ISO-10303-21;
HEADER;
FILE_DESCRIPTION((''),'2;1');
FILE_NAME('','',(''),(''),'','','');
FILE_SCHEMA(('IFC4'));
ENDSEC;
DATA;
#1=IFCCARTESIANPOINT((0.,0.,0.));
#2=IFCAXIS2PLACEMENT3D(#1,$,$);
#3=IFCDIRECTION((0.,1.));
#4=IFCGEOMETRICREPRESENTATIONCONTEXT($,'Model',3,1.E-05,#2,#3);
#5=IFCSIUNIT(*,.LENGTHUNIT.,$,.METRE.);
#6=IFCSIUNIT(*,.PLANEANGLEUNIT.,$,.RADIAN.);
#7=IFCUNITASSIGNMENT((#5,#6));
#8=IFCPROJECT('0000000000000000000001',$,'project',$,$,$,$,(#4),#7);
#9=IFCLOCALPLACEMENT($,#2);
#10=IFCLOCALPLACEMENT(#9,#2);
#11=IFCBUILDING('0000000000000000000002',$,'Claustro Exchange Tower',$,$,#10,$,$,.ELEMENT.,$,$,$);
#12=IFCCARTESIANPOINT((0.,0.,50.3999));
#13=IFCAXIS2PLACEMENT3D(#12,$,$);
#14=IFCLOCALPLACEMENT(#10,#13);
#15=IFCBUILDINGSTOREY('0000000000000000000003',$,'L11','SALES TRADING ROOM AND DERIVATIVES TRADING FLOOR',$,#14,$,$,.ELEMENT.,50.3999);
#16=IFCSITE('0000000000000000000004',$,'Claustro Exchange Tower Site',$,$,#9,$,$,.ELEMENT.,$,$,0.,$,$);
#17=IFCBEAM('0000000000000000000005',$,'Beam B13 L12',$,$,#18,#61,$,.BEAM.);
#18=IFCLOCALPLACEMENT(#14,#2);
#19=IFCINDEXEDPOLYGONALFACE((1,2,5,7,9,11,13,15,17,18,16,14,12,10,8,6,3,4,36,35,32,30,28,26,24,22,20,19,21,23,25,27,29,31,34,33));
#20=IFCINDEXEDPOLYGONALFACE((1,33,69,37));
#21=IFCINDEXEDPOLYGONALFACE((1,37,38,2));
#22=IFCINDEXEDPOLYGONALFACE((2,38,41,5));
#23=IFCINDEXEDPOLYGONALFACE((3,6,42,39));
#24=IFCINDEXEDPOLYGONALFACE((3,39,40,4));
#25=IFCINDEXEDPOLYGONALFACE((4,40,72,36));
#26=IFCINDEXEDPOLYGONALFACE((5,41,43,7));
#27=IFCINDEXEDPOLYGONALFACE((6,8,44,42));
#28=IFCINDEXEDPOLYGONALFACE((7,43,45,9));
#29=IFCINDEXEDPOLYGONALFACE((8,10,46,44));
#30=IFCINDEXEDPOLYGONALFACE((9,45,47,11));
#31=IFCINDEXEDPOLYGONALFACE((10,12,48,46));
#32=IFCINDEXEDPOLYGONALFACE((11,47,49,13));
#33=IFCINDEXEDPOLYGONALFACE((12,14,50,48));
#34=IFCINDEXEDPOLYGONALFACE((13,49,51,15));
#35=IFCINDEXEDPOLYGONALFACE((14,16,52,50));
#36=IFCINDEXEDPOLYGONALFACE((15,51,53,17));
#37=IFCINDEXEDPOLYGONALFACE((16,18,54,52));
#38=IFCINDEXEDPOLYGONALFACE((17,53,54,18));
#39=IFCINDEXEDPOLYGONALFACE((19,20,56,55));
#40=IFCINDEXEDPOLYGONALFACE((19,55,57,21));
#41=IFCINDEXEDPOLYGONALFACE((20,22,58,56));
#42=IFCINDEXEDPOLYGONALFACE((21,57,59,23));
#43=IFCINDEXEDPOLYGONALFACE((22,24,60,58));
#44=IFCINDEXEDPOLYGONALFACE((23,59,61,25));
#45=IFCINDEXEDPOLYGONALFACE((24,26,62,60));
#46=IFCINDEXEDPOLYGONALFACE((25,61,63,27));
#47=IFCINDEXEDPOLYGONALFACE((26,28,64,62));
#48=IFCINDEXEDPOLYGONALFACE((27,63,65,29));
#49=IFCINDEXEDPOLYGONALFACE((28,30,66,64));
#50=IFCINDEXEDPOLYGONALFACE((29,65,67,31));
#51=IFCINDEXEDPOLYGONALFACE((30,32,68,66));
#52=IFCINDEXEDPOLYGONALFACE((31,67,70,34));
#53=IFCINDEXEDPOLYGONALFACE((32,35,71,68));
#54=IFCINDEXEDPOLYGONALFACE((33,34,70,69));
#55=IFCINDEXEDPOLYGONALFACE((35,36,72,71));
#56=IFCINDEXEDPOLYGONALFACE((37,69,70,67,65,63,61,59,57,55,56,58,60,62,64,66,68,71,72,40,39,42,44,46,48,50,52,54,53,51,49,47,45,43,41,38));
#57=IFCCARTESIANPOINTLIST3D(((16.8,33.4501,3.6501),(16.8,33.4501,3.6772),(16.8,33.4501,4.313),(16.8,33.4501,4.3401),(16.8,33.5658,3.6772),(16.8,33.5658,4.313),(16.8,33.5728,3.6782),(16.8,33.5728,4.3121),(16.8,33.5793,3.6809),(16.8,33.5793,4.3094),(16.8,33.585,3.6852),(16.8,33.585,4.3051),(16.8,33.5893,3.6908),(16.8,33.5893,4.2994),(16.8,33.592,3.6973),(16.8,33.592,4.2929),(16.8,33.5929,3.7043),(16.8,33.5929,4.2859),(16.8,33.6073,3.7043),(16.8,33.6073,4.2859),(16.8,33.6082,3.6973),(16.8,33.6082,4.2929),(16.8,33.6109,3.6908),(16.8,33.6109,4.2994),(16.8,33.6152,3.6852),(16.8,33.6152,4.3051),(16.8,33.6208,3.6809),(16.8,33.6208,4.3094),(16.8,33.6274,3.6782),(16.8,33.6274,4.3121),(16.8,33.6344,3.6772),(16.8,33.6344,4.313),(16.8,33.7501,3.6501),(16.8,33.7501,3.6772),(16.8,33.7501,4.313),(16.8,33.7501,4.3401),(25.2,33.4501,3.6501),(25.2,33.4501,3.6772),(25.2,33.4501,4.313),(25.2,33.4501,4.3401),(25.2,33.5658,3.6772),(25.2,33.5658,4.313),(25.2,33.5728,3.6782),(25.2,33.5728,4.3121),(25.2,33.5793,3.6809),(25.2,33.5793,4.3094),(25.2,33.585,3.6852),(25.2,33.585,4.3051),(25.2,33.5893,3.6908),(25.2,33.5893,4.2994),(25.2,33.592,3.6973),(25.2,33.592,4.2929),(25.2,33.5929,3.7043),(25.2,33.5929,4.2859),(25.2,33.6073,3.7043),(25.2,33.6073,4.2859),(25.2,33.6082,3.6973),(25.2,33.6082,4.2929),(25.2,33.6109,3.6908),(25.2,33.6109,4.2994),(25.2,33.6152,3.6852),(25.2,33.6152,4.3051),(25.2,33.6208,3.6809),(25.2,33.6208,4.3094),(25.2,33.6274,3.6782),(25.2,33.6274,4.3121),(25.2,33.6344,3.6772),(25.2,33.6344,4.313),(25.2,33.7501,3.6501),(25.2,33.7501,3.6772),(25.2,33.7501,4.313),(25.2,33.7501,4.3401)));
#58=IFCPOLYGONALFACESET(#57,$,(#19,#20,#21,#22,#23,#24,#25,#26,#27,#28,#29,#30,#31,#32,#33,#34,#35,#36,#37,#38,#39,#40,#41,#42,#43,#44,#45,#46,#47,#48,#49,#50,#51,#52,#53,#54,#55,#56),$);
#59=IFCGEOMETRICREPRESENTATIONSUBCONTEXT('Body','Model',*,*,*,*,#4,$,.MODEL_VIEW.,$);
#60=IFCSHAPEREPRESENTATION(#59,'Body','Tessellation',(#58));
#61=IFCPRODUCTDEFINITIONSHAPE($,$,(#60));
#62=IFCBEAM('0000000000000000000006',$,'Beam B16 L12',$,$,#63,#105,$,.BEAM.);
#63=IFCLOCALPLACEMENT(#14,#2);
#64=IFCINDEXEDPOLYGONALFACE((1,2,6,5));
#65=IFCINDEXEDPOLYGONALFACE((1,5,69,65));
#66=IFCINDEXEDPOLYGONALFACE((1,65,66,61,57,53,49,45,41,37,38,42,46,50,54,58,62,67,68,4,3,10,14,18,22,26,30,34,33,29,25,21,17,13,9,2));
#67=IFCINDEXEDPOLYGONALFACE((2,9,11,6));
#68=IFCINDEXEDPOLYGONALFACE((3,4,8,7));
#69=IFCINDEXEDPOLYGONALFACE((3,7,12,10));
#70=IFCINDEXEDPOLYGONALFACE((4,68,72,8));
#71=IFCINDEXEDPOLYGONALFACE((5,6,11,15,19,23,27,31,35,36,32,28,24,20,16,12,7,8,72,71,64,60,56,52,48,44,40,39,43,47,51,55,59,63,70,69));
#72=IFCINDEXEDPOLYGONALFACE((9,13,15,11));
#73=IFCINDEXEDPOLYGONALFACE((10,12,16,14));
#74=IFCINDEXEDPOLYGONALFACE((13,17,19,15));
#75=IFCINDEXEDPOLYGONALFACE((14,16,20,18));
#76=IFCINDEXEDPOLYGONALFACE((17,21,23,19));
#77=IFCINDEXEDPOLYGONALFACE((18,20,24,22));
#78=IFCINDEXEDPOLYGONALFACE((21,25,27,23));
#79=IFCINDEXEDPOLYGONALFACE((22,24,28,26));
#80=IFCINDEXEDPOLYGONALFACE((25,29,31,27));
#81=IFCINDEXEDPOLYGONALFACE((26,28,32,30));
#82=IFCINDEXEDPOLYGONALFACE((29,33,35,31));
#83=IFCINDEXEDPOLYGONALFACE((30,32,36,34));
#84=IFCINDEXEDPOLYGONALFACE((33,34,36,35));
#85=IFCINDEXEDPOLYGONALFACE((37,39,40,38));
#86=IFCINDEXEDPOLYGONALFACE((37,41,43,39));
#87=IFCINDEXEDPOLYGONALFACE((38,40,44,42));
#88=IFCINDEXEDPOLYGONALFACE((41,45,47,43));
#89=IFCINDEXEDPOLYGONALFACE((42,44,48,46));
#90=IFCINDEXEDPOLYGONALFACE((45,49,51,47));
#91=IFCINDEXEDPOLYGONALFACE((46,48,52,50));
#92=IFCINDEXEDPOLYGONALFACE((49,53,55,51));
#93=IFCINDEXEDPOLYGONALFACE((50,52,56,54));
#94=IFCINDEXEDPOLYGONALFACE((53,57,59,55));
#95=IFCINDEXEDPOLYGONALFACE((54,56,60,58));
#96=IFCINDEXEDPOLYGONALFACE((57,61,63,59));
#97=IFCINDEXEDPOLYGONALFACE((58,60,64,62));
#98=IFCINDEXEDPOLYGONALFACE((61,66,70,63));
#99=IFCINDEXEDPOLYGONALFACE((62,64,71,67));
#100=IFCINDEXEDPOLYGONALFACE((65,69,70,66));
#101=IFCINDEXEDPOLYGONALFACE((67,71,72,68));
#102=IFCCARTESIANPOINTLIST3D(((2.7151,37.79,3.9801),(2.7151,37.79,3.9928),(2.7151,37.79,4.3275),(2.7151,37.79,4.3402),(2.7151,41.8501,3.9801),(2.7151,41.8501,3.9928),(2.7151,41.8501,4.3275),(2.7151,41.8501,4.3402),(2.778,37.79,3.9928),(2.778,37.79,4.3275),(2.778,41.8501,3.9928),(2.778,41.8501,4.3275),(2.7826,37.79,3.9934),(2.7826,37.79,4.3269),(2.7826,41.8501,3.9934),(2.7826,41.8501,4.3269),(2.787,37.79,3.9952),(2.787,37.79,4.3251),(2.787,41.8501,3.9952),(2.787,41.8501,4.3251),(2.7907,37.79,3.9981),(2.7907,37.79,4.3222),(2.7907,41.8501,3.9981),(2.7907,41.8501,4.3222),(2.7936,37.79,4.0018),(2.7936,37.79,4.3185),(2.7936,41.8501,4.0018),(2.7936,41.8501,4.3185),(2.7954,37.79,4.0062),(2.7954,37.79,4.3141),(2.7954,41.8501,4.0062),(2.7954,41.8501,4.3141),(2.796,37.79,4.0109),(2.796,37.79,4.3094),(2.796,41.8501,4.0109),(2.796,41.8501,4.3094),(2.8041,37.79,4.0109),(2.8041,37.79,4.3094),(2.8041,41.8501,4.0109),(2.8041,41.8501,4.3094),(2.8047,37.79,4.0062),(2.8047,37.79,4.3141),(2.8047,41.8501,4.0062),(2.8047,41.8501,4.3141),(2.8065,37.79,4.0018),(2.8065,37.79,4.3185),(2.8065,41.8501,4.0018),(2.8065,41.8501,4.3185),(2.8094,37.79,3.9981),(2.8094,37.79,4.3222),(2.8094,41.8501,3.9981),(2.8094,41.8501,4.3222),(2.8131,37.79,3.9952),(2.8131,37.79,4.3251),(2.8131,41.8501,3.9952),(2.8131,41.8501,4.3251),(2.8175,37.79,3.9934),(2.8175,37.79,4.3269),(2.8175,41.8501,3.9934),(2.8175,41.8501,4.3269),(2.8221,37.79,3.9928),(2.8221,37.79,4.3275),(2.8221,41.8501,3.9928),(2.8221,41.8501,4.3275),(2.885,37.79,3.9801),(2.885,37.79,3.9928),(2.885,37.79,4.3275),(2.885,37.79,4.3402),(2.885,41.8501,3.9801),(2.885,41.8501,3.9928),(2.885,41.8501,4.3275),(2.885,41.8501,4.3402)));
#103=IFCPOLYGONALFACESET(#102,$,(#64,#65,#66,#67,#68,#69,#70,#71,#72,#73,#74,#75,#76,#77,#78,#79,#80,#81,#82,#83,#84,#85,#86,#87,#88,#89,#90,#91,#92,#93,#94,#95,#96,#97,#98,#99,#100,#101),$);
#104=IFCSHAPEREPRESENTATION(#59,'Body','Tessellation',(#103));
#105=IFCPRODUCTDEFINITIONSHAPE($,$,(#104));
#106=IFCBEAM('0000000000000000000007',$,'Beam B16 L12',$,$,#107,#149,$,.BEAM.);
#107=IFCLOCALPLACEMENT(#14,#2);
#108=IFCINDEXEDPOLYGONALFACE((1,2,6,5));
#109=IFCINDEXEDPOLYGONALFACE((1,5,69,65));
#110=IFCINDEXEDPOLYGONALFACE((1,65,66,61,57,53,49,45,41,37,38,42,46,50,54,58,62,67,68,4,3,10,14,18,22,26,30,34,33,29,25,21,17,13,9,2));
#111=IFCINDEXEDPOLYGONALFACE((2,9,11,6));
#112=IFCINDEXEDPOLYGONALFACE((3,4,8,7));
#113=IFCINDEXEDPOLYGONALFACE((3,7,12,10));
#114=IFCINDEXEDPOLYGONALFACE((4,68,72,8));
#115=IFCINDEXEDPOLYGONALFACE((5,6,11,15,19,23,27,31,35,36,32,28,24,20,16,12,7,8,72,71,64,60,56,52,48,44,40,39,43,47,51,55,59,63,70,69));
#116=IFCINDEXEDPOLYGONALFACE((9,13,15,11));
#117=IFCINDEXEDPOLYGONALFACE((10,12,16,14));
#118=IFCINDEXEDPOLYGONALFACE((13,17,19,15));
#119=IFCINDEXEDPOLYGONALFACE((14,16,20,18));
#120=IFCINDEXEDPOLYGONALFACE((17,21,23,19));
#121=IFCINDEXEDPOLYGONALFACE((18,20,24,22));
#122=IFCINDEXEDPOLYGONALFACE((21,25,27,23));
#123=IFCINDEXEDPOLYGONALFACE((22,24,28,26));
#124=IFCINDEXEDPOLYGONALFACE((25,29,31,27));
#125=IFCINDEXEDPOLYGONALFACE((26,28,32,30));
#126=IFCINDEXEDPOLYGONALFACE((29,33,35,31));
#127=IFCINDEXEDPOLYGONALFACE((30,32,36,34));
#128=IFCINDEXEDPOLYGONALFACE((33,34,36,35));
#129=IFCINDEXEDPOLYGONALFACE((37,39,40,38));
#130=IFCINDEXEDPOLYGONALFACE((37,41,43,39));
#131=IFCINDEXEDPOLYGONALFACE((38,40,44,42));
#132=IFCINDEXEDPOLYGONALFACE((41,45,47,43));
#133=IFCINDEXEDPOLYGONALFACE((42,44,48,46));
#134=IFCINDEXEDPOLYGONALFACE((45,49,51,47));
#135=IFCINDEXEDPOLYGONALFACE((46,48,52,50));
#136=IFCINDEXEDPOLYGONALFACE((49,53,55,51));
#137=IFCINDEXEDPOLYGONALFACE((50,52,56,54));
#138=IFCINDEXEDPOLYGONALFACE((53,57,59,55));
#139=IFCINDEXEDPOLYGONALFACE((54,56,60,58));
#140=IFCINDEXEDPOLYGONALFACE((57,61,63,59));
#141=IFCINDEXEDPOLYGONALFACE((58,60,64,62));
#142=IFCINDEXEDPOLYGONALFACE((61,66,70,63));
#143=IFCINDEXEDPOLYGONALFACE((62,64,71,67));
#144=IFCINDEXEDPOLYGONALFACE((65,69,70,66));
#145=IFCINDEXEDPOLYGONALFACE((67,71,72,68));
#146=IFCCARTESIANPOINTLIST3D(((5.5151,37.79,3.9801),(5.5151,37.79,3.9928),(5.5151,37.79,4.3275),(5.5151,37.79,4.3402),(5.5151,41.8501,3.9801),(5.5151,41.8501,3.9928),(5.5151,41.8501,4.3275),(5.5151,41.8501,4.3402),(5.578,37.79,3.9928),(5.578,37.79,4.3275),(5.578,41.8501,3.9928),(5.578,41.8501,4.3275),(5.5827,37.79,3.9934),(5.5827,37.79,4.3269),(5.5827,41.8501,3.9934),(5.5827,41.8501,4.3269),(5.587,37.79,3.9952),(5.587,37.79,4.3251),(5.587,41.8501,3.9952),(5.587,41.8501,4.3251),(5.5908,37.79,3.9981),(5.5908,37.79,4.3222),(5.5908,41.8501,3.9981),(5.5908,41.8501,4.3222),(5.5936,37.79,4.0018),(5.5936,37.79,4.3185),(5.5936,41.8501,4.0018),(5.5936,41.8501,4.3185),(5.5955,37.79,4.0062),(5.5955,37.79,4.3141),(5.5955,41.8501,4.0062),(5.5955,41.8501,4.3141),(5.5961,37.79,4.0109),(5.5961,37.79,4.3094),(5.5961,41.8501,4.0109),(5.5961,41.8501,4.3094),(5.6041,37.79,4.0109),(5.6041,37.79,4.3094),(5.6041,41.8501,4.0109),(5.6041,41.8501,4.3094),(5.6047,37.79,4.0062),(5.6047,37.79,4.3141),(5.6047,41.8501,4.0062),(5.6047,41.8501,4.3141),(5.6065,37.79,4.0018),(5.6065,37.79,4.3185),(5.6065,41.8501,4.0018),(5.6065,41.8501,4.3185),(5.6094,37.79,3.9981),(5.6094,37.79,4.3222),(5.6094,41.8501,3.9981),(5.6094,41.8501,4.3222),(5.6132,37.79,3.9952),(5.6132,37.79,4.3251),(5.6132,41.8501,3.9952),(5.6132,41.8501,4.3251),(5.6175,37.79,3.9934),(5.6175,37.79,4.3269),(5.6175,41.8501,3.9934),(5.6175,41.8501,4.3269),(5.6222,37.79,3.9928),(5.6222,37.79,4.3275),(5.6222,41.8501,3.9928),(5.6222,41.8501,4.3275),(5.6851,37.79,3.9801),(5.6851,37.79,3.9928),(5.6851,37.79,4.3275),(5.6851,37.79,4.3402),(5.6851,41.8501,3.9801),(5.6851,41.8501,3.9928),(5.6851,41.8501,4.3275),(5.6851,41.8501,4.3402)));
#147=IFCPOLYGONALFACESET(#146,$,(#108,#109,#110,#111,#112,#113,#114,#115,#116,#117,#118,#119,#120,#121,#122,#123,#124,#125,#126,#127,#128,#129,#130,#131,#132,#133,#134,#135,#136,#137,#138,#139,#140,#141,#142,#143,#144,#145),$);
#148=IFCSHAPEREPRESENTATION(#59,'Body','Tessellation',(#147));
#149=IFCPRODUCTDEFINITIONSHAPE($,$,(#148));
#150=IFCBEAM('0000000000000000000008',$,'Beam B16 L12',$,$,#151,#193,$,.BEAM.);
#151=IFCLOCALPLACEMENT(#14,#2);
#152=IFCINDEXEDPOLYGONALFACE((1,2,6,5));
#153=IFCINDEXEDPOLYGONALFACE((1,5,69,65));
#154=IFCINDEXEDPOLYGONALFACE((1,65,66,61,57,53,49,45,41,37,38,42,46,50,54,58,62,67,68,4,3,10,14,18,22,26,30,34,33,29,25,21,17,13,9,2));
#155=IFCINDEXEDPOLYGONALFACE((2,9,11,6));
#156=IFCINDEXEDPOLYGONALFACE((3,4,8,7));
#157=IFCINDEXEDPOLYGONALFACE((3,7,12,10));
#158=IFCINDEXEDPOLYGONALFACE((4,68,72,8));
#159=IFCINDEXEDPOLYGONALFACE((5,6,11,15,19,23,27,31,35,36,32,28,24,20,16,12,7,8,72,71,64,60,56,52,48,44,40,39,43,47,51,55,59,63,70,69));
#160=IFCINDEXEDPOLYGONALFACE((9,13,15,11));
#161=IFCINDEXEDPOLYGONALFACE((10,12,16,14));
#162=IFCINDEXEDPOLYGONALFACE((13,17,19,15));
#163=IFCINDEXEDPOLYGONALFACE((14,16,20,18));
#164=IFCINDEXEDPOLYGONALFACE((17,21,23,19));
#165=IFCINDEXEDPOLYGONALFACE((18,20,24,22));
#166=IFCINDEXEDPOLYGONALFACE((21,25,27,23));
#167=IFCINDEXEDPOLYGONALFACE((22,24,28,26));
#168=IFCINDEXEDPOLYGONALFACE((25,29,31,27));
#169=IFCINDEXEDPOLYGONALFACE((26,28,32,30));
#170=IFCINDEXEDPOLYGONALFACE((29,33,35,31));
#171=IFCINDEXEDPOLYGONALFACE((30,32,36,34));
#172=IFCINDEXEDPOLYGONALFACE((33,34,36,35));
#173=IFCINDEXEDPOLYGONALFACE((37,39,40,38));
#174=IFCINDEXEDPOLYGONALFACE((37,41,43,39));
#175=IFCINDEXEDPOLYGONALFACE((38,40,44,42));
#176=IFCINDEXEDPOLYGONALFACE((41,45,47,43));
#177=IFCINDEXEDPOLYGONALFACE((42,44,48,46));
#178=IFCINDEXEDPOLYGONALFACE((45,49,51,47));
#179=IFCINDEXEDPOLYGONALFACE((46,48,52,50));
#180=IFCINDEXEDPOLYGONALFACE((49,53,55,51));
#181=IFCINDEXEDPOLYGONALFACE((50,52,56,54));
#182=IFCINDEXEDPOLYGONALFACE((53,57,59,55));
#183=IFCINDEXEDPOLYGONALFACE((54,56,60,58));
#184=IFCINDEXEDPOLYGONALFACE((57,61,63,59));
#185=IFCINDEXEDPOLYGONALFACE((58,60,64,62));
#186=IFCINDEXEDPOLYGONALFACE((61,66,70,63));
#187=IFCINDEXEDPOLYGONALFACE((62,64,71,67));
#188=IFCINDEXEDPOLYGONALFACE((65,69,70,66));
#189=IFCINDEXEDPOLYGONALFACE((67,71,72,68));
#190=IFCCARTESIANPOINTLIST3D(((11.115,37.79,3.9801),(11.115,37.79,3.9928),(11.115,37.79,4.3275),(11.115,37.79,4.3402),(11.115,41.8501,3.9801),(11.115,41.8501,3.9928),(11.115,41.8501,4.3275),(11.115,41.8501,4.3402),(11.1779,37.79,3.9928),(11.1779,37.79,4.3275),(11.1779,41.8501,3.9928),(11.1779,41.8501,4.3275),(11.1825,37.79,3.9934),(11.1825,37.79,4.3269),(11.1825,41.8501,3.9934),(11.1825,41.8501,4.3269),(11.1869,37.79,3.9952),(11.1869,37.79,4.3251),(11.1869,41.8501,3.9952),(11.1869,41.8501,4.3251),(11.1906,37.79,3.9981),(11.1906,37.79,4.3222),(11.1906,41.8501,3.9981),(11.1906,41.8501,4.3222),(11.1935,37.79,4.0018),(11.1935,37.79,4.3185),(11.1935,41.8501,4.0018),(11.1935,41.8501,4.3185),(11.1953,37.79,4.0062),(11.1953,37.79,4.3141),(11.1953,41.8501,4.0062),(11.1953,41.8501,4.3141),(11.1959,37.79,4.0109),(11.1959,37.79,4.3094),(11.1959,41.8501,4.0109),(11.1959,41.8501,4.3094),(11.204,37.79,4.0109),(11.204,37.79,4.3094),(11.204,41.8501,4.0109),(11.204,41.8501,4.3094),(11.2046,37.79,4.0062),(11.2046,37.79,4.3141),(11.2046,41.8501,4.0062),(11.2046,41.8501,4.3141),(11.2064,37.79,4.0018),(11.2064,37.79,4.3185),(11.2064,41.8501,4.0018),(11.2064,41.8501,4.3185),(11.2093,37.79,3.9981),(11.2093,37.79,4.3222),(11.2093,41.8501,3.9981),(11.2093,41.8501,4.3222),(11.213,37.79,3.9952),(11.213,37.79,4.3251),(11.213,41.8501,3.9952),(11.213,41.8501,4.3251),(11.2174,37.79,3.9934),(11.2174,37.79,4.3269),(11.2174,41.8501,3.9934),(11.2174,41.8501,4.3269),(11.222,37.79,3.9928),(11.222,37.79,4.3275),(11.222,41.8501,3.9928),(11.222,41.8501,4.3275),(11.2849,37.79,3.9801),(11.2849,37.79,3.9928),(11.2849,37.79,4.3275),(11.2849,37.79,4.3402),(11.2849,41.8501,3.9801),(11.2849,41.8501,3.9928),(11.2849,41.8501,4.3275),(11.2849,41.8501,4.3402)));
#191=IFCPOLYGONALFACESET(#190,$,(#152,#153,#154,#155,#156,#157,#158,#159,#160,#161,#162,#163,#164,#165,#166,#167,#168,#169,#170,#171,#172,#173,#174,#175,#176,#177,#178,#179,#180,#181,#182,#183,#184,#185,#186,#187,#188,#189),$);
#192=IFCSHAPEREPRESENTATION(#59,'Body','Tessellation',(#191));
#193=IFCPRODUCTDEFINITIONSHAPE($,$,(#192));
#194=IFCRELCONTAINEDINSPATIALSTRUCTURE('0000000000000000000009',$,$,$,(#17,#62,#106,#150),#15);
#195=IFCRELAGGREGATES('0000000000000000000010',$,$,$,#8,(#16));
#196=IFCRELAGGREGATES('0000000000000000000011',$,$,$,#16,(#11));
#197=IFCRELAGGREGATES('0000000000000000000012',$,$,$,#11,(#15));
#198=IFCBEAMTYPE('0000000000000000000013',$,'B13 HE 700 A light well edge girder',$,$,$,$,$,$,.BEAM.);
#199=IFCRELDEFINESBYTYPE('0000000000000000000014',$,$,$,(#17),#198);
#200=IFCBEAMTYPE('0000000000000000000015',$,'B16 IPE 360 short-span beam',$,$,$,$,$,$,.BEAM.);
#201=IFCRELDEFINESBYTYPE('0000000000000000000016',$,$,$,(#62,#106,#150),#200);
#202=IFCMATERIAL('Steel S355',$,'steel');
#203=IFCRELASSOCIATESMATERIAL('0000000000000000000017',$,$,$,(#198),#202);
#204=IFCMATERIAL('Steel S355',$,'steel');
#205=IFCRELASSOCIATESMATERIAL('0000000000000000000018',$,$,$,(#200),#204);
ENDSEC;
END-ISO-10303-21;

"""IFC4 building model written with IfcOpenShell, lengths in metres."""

from ifc_helpers import new_model, si_unit, direction, frame, origin, origin_2d, place, context, subcontext, project, spatial, i_section, extrude, material, material_profile, profile_set, type_object, element, save


model = new_model("IFC4")

# Units and contexts
model_context = context("Model", 3, precision=1e-05, world=origin(), true_north=direction((0.0, 1.0)))
body_context = subcontext(model_context, "Body", "Model", "MODEL_VIEW")
ifc_project = project(units=[si_unit("LENGTHUNIT", "METRE"), si_unit("PLANEANGLEUNIT", "RADIAN")], contexts=[model_context])

# Site, building, storey
site_placement = place(None, origin())
site = spatial("IfcSite", under=ifc_project, at=site_placement, Name="Claustro Exchange Tower Site", CompositionType="ELEMENT", RefElevation=0.0)
building_placement = place(site_placement, origin())
building = spatial("IfcBuilding", under=site, at=building_placement, Name="Claustro Exchange Tower", CompositionType="ELEMENT")
storey_placement = place(building_placement, frame((0.0, 0.0, 50.3999)))
storey = spatial("IfcBuildingStorey", under=building, at=storey_placement, Name="L11", Description="SALES TRADING ROOM AND DERIVATIVES TRADING FLOOR", CompositionType="ELEMENT", Elevation=50.3999)

# Beams
ifc_material_1 = material(Name="Steel S355", Category="steel")
ifc_material_profile_1 = material_profile(ifc_material_1, i_section(OverallWidth=0.3, OverallDepth=0.6899, WebThickness=0.0144, FlangeThickness=0.0271, FilletRadius=0.0271, at=origin_2d()), Name="HE 700 A")
ifc_profile_set_1 = profile_set([ifc_material_profile_1], Name="Steel S355")
beam_type_1 = type_object("IfcBeamType", Name="B13 HE 700 A light well edge girder", PredefinedType="BEAM", material=ifc_profile_set_1)
beam_placement = place(storey_placement, frame((16.8, 33.6001, 3.9951), z_axis=(1.0, 0.0, 0.0), x_axis=(0.0, 1.0, 0.0)))
element("IfcBeam", 1, at=beam_placement, inside=storey, type_object=beam_type_1, Name="Beam B13 L12", PredefinedType="BEAM", context=body_context, shape_type="SweptSolid", body=[
    extrude(i_section(OverallWidth=0.3, OverallDepth=0.6899, WebThickness=0.0144, FlangeThickness=0.0271, FilletRadius=0.0271, at=origin_2d()), origin(), (0.0, 0.0, 1.0), 8.3999),
])
ifc_material_2 = material(Name="Steel S355", Category="steel")
ifc_material_profile_2 = material_profile(ifc_material_2, i_section(OverallWidth=0.1699, OverallDepth=0.3601, WebThickness=0.0081, FlangeThickness=0.0127, FilletRadius=0.0181, at=origin_2d()), Name="IPE 360")
ifc_profile_set_2 = profile_set([ifc_material_profile_2], Name="Steel S355")
beam_type_2 = type_object("IfcBeamType", Name="B16 IPE 360 short-span beam", PredefinedType="BEAM", material=ifc_profile_set_2)
for number, where, z_axis, x_axis, name in (
    (2, (2.8, 37.79, 4.1602), (0.0, 1.0, 0.0), (-1.0, 0.0, 0.0), "Beam B16 L12"),
    (3, (5.6001, 37.79, 4.1602), (0.0, 1.0, 0.0), (-1.0, 0.0, 0.0), "Beam B16 L12"),
    (4, (11.2, 37.79, 4.1602), (0.0, 1.0, 0.0), (-1.0, 0.0, 0.0), "Beam B16 L12"),
):
    element("IfcBeam", number, at=place(storey_placement, frame(where, z_axis=z_axis, x_axis=x_axis)), inside=storey, type_object=beam_type_2, Name=name, PredefinedType="BEAM", context=body_context, shape_type="SweptSolid", body=[
        extrude(i_section(OverallWidth=0.1699, OverallDepth=0.3601, WebThickness=0.0081, FlangeThickness=0.0127, FilletRadius=0.0181, at=origin_2d()), origin(), (0.0, 0.0, 1.0), 4.0601),
    ])

save(model, "model.ifc")
